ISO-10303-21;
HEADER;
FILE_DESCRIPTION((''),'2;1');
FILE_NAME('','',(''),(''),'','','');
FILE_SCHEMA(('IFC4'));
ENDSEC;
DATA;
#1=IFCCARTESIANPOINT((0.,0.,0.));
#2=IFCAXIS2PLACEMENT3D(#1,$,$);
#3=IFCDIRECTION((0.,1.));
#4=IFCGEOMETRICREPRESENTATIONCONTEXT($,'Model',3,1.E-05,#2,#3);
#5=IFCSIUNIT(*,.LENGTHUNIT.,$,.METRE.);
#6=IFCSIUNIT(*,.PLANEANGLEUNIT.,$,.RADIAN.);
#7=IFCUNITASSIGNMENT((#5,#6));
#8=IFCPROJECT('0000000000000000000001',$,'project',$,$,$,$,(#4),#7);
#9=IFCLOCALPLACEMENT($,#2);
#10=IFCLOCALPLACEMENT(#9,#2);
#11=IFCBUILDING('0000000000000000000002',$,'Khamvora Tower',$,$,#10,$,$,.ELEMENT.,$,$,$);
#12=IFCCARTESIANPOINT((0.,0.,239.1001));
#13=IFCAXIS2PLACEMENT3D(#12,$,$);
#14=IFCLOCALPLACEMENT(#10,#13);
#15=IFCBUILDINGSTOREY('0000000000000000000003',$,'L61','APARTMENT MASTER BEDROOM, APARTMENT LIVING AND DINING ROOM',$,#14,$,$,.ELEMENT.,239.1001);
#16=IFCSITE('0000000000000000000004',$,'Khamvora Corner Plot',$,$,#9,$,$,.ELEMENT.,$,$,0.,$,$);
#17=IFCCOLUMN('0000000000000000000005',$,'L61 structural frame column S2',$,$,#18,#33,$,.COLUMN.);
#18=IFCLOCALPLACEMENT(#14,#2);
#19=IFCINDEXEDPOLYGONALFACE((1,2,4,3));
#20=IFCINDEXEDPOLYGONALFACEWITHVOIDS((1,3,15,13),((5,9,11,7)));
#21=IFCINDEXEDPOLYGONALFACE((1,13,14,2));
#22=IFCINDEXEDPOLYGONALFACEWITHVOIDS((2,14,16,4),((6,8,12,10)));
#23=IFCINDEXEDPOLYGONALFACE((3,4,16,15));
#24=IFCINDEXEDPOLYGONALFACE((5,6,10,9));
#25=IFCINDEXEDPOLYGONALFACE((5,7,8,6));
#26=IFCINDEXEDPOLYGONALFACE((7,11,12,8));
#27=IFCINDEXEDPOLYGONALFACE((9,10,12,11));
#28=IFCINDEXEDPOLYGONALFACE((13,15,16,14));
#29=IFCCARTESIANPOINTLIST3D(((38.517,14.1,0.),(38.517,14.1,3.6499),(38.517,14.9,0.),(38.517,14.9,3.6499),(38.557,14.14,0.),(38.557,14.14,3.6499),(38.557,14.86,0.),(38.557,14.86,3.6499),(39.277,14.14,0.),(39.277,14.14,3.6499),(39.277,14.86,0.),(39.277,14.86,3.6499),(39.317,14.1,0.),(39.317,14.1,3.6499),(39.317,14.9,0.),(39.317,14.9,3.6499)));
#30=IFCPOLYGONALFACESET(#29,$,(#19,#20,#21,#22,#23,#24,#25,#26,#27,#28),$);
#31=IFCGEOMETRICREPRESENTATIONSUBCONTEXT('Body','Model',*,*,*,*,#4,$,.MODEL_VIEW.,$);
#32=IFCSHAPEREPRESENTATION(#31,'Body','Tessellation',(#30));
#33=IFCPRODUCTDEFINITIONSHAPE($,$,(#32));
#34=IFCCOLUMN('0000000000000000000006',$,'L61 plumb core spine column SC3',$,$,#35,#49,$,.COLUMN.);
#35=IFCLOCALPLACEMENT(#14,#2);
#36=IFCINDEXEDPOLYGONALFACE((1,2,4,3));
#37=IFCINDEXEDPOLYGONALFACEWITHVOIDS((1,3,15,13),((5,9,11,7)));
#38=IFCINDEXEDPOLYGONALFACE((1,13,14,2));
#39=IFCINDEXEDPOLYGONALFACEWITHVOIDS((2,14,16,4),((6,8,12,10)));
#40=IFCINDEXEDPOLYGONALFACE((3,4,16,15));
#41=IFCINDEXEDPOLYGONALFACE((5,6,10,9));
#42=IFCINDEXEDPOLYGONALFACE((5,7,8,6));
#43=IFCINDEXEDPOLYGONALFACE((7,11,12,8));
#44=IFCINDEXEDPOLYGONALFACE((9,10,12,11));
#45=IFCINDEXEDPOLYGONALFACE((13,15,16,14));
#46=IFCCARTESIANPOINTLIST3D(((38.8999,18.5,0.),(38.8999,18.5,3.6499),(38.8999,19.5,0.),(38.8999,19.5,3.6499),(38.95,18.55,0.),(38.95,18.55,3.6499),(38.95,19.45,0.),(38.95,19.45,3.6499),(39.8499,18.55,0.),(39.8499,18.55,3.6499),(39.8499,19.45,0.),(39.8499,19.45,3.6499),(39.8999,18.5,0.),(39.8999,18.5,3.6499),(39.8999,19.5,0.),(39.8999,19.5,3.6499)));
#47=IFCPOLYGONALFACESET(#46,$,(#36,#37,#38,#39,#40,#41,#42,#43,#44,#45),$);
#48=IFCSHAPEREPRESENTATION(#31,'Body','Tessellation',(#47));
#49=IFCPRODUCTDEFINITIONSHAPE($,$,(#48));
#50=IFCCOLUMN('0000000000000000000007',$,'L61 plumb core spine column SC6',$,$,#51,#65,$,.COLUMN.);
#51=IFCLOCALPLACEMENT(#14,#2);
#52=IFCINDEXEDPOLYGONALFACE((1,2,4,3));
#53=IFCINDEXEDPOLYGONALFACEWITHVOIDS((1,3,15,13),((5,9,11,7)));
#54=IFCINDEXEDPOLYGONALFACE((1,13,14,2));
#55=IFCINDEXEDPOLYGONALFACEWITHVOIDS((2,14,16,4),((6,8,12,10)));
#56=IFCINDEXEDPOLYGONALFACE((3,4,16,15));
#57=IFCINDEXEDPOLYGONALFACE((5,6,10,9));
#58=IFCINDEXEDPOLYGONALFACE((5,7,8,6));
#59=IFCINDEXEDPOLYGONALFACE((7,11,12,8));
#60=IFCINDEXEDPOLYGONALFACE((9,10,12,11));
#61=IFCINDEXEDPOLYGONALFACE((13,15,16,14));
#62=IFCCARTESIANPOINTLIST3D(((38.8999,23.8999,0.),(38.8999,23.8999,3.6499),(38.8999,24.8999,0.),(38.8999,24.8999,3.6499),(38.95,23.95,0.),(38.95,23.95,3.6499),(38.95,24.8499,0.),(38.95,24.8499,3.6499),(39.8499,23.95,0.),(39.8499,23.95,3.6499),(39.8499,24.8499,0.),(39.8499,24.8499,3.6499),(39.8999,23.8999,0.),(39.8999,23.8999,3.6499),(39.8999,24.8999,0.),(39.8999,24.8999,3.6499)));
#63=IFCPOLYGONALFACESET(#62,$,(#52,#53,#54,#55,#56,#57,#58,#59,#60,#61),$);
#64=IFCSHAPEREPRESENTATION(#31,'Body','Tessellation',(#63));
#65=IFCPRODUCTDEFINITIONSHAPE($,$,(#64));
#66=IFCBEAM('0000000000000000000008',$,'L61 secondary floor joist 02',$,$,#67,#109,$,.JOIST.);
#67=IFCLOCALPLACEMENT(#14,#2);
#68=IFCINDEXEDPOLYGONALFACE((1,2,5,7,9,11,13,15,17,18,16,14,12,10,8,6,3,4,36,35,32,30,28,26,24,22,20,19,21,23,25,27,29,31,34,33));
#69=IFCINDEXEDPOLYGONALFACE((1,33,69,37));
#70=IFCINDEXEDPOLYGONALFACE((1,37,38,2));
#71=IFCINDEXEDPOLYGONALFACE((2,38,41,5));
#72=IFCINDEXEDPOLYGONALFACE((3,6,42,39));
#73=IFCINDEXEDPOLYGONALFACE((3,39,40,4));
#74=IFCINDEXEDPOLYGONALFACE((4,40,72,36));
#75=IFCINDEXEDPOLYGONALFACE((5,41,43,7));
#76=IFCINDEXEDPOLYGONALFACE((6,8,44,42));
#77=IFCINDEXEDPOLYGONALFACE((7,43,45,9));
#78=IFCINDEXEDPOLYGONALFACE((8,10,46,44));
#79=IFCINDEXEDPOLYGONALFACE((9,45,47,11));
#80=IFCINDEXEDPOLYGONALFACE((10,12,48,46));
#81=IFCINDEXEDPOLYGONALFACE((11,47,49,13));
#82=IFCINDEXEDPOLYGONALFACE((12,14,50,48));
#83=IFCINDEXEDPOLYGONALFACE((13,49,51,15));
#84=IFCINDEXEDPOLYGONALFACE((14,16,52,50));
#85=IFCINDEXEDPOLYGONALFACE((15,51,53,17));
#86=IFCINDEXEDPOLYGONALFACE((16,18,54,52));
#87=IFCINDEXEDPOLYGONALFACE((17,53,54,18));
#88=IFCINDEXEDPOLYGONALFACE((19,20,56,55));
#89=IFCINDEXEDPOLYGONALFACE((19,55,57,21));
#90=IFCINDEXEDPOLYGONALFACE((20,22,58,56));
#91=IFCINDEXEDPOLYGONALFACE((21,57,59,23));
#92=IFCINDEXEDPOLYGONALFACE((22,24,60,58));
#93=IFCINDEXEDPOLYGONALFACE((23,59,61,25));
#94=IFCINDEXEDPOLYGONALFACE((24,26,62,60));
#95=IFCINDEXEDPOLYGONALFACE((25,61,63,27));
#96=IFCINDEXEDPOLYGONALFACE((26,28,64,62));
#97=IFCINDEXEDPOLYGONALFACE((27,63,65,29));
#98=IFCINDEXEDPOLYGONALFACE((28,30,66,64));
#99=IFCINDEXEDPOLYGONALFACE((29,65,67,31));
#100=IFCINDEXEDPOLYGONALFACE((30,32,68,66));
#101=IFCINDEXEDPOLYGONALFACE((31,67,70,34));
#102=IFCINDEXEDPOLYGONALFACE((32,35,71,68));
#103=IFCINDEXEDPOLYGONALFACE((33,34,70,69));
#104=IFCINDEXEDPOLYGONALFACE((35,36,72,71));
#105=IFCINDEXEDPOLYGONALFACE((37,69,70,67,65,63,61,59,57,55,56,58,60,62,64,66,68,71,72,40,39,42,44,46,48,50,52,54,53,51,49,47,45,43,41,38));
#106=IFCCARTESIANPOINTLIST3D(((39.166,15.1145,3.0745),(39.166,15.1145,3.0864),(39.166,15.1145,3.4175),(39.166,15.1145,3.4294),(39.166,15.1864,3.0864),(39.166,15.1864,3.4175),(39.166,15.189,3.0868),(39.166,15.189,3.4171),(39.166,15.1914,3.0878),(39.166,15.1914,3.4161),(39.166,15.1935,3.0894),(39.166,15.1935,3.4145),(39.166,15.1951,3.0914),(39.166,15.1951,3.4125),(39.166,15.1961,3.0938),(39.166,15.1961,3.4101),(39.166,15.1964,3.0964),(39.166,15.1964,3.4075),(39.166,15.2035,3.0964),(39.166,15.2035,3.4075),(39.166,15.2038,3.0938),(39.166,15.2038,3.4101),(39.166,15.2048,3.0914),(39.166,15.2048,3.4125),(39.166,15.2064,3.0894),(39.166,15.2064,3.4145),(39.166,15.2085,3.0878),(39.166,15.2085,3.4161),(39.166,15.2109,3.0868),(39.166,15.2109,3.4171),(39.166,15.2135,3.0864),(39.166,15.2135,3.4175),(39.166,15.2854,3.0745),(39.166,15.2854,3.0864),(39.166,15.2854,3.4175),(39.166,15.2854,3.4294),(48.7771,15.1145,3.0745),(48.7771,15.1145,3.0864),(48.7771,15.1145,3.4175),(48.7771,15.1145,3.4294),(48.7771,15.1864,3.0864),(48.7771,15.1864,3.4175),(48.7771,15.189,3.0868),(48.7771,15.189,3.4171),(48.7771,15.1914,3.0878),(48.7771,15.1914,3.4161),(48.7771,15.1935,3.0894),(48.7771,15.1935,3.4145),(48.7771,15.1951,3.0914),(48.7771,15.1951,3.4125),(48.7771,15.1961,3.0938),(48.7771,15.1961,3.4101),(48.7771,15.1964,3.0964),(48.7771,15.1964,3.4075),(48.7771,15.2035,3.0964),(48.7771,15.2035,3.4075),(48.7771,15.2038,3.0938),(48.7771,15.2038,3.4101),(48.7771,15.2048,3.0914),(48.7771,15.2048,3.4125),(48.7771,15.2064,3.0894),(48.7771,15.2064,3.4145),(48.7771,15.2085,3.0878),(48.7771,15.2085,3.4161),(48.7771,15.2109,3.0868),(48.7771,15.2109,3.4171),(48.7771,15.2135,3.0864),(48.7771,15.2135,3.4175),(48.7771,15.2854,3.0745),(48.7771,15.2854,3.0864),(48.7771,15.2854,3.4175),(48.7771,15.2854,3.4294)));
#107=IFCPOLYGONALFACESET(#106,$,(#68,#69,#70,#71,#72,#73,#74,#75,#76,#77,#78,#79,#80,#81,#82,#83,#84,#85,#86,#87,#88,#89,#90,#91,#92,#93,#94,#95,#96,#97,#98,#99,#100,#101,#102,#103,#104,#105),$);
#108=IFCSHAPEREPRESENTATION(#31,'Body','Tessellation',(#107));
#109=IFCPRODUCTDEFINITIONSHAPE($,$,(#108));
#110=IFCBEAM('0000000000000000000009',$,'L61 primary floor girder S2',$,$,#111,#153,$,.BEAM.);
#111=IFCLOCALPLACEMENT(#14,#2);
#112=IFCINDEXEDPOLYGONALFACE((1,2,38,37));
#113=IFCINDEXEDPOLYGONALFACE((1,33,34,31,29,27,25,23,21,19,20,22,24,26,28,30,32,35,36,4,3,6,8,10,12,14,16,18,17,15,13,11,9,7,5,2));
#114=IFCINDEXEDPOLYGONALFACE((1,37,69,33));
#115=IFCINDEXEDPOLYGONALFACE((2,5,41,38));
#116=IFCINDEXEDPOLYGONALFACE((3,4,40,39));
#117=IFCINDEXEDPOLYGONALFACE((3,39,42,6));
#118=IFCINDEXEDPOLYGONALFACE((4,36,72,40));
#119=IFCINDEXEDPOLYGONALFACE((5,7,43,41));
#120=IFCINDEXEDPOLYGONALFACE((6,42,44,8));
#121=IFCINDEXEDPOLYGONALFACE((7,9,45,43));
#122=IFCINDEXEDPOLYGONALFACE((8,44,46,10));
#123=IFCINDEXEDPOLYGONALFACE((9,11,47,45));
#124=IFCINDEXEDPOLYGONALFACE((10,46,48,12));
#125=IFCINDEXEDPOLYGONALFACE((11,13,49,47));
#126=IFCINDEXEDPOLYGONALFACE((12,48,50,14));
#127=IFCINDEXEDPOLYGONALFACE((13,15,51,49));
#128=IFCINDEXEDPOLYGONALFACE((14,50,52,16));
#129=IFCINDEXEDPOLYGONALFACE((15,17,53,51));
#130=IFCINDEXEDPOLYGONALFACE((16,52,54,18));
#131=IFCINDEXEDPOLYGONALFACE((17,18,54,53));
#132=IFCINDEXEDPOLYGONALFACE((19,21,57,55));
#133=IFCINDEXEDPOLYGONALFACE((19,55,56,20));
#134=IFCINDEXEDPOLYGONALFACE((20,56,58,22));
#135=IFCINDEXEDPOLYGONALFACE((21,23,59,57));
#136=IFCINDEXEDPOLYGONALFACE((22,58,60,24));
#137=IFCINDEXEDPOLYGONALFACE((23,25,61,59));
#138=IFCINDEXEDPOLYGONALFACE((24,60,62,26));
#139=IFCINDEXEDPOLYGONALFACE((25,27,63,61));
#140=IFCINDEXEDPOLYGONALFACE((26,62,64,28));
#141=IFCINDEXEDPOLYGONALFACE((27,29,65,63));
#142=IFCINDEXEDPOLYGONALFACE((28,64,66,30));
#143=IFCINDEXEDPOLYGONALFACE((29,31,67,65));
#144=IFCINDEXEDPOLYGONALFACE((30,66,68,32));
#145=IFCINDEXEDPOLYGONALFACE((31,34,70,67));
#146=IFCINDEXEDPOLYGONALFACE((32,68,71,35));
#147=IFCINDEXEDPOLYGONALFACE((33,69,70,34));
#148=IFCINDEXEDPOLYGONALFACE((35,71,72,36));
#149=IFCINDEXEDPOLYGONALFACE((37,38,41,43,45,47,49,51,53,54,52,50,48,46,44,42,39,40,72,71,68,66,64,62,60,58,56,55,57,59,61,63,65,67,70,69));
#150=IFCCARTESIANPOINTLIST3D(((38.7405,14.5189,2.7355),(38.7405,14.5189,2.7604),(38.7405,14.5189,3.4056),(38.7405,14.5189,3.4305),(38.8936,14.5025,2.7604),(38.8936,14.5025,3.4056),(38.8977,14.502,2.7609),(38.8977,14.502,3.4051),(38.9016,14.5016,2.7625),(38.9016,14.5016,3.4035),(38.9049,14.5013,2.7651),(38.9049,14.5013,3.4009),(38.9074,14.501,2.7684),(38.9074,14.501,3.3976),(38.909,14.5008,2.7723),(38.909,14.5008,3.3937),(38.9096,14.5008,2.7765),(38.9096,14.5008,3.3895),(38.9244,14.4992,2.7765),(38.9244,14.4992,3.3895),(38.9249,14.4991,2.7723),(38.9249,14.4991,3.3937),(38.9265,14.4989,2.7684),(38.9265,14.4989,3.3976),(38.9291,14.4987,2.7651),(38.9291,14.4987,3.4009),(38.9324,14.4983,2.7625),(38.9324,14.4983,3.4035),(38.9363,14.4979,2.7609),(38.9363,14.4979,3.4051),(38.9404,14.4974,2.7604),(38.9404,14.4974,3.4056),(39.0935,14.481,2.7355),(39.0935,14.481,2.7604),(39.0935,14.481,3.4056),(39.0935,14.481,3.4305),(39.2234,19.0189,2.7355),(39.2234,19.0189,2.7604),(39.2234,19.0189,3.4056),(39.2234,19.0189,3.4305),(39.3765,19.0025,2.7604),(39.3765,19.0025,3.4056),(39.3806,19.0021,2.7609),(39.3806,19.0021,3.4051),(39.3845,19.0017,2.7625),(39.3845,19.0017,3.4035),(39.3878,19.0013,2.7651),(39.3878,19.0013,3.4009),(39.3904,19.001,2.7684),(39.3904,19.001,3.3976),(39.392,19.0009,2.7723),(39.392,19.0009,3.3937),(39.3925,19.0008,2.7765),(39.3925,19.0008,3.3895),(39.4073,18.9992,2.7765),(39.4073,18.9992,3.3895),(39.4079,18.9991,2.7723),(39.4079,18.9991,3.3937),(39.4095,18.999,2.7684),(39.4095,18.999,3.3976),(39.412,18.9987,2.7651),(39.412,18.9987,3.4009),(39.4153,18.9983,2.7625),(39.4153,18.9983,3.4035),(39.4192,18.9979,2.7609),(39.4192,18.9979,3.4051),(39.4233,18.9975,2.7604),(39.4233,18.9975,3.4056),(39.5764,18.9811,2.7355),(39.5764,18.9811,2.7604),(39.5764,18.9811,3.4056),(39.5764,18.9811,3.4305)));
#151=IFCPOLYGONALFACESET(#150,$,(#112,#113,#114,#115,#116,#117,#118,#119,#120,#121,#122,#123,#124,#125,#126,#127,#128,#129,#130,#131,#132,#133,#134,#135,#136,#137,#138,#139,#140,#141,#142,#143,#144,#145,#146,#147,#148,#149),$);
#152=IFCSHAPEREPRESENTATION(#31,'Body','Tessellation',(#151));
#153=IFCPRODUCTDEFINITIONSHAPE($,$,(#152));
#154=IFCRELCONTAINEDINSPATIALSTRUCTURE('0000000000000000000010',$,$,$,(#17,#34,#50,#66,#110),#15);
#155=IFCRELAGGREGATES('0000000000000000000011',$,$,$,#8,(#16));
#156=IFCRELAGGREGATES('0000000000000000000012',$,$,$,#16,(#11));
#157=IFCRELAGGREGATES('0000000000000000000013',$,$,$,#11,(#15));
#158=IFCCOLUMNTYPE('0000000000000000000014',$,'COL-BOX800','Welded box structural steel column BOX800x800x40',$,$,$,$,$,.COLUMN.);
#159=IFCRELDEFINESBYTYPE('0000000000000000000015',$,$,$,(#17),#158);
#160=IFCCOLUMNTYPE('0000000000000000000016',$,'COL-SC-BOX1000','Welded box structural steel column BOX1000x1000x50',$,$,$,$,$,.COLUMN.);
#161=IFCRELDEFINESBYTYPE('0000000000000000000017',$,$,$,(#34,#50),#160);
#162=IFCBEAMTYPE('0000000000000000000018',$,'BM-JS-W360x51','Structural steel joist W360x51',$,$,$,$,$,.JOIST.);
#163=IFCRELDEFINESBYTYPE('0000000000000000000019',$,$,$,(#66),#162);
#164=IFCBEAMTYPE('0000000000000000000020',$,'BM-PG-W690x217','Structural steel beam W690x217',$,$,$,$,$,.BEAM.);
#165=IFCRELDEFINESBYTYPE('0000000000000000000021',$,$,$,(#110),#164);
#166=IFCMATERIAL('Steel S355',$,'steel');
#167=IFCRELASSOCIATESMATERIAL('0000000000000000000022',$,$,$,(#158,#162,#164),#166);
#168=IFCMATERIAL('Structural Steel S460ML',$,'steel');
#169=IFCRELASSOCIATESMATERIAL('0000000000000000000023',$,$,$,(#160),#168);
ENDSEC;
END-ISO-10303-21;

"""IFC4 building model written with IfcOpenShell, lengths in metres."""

from ifc_helpers import new_model, si_unit, direction, frame, origin, origin_2d, place, context, subcontext, project, spatial, hollow_rectangle, i_section, extrude, material, material_profile, profile_set, type_object, element, save


model = new_model("IFC4")

# Units and contexts
model_context = context("Model", 3, precision=1e-05, world=origin(), true_north=direction((0.0, 1.0)))
body_context = subcontext(model_context, "Body", "Model", "MODEL_VIEW")
ifc_project = project(units=[si_unit("LENGTHUNIT", "METRE"), si_unit("PLANEANGLEUNIT", "RADIAN")], contexts=[model_context])

# Site, building, storey
site_placement = place(None, origin())
site = spatial("IfcSite", under=ifc_project, at=site_placement, Name="Khamvora Corner Plot", CompositionType="ELEMENT", RefElevation=0.0)
building_placement = place(site_placement, origin())
building = spatial("IfcBuilding", under=site, at=building_placement, Name="Khamvora Tower", CompositionType="ELEMENT")
storey_placement = place(building_placement, frame((0.0, 0.0, 239.1001)))
storey = spatial("IfcBuildingStorey", under=building, at=storey_placement, Name="L61", Description="APARTMENT MASTER BEDROOM, APARTMENT LIVING AND DINING ROOM", CompositionType="ELEMENT", Elevation=239.1001)

# Columns
ifc_material_1 = material(Name="Steel S355", Category="steel")
ifc_material_profile_1 = material_profile(ifc_material_1, hollow_rectangle(XDim=0.8, YDim=0.8, WallThickness=0.04, at=origin_2d()), Name="BOX800x800x40")
ifc_profile_set_1 = profile_set([ifc_material_profile_1], Name="Steel S355")
column_type_1 = type_object("IfcColumnType", Name="COL-BOX800", Description="Welded box structural steel column BOX800x800x40", PredefinedType="COLUMN", material=ifc_profile_set_1)
column_placement = place(storey_placement, frame((38.917, 14.5, 0.0), z_axis=(0.0, 0.0, 1.0), x_axis=(1.0, 0.0, 0.0)))
element("IfcColumn", 1, at=column_placement, inside=storey, type_object=column_type_1, Name="L61 structural frame column S2", PredefinedType="COLUMN", context=body_context, shape_type="SweptSolid", body=[
    extrude(hollow_rectangle(XDim=0.8, YDim=0.8, WallThickness=0.04, at=origin_2d()), origin(), (0.0, 0.0, 1.0), 3.6499),
])
ifc_material_2 = material(Name="Structural Steel S460ML", Category="steel")
ifc_material_profile_2 = material_profile(ifc_material_2, hollow_rectangle(XDim=1.0, YDim=1.0, WallThickness=0.05, at=origin_2d()), Name="BOX1000x1000x50")
ifc_profile_set_2 = profile_set([ifc_material_profile_2], Name="Structural Steel S460ML")
column_type_2 = type_object("IfcColumnType", Name="COL-SC-BOX1000", Description="Welded box structural steel column BOX1000x1000x50", PredefinedType="COLUMN", material=ifc_profile_set_2)
for number, where, z_axis, x_axis, name in (
    (2, (39.3999, 19.0, 0.0), (0.0, 0.0, 1.0), (1.0, 0.0, 0.0), "L61 plumb core spine column SC3"),
    (3, (39.3999, 24.3999, 0.0), (0.0, 0.0, 1.0), (1.0, 0.0, 0.0), "L61 plumb core spine column SC6"),
):
    element("IfcColumn", number, at=place(storey_placement, frame(where, z_axis=z_axis, x_axis=x_axis)), inside=storey, type_object=column_type_2, Name=name, PredefinedType="COLUMN", context=body_context, shape_type="SweptSolid", body=[
        extrude(hollow_rectangle(XDim=1.0, YDim=1.0, WallThickness=0.05, at=origin_2d()), origin(), (0.0, 0.0, 1.0), 3.6499),
    ])

# Beams
ifc_material_profile_3 = material_profile(ifc_material_1, i_section(OverallWidth=0.1709, OverallDepth=0.355, WebThickness=0.0071, FlangeThickness=0.012, FilletRadius=0.01, at=origin_2d()), Name="W360x51")
ifc_profile_set_3 = profile_set([ifc_material_profile_3], Name="Steel S355")
beam_type_1 = type_object("IfcBeamType", Name="BM-JS-W360x51", Description="Structural steel joist W360x51", PredefinedType="JOIST", material=ifc_profile_set_3)
beam_1_placement = place(storey_placement, frame((39.166, 15.2, 3.252), z_axis=(1.0, 0.0, 0.0), x_axis=(0.0, 1.0, 0.0)))
element("IfcBeam", 4, at=beam_1_placement, inside=storey, type_object=beam_type_1, Name="L61 secondary floor joist 02", PredefinedType="JOIST", context=body_context, shape_type="SweptSolid", body=[
    extrude(i_section(OverallWidth=0.1709, OverallDepth=0.355, WebThickness=0.0071, FlangeThickness=0.012, FilletRadius=0.01, at=origin_2d()), origin(), (0.0, 0.0, 1.0), 9.6111),
])
ifc_material_profile_4 = material_profile(ifc_material_1, i_section(OverallWidth=0.355, OverallDepth=0.6951, WebThickness=0.0149, FlangeThickness=0.0249, FilletRadius=0.0161, at=origin_2d()), Name="W690x217")
ifc_profile_set_4 = profile_set([ifc_material_profile_4], Name="Steel S355")
beam_type_2 = type_object("IfcBeamType", Name="BM-PG-W690x217", Description="Structural steel beam W690x217", PredefinedType="BEAM", material=ifc_profile_set_4)
beam_2_placement = place(storey_placement, frame((39.3999, 19.0, 3.083), z_axis=(-0.106701, -0.994291, 0.0), x_axis=(0.994291, -0.106701, 0.0)))
element("IfcBeam", 5, at=beam_2_placement, inside=storey, type_object=beam_type_2, Name="L61 primary floor girder S2", PredefinedType="BEAM", context=body_context, shape_type="SweptSolid", body=[
    extrude(i_section(OverallWidth=0.355, OverallDepth=0.6951, WebThickness=0.0149, FlangeThickness=0.0249, FilletRadius=0.0161, at=origin_2d()), origin(), (0.0, 0.0, 1.0), 4.5259),
])

save(model, "model.ifc")
